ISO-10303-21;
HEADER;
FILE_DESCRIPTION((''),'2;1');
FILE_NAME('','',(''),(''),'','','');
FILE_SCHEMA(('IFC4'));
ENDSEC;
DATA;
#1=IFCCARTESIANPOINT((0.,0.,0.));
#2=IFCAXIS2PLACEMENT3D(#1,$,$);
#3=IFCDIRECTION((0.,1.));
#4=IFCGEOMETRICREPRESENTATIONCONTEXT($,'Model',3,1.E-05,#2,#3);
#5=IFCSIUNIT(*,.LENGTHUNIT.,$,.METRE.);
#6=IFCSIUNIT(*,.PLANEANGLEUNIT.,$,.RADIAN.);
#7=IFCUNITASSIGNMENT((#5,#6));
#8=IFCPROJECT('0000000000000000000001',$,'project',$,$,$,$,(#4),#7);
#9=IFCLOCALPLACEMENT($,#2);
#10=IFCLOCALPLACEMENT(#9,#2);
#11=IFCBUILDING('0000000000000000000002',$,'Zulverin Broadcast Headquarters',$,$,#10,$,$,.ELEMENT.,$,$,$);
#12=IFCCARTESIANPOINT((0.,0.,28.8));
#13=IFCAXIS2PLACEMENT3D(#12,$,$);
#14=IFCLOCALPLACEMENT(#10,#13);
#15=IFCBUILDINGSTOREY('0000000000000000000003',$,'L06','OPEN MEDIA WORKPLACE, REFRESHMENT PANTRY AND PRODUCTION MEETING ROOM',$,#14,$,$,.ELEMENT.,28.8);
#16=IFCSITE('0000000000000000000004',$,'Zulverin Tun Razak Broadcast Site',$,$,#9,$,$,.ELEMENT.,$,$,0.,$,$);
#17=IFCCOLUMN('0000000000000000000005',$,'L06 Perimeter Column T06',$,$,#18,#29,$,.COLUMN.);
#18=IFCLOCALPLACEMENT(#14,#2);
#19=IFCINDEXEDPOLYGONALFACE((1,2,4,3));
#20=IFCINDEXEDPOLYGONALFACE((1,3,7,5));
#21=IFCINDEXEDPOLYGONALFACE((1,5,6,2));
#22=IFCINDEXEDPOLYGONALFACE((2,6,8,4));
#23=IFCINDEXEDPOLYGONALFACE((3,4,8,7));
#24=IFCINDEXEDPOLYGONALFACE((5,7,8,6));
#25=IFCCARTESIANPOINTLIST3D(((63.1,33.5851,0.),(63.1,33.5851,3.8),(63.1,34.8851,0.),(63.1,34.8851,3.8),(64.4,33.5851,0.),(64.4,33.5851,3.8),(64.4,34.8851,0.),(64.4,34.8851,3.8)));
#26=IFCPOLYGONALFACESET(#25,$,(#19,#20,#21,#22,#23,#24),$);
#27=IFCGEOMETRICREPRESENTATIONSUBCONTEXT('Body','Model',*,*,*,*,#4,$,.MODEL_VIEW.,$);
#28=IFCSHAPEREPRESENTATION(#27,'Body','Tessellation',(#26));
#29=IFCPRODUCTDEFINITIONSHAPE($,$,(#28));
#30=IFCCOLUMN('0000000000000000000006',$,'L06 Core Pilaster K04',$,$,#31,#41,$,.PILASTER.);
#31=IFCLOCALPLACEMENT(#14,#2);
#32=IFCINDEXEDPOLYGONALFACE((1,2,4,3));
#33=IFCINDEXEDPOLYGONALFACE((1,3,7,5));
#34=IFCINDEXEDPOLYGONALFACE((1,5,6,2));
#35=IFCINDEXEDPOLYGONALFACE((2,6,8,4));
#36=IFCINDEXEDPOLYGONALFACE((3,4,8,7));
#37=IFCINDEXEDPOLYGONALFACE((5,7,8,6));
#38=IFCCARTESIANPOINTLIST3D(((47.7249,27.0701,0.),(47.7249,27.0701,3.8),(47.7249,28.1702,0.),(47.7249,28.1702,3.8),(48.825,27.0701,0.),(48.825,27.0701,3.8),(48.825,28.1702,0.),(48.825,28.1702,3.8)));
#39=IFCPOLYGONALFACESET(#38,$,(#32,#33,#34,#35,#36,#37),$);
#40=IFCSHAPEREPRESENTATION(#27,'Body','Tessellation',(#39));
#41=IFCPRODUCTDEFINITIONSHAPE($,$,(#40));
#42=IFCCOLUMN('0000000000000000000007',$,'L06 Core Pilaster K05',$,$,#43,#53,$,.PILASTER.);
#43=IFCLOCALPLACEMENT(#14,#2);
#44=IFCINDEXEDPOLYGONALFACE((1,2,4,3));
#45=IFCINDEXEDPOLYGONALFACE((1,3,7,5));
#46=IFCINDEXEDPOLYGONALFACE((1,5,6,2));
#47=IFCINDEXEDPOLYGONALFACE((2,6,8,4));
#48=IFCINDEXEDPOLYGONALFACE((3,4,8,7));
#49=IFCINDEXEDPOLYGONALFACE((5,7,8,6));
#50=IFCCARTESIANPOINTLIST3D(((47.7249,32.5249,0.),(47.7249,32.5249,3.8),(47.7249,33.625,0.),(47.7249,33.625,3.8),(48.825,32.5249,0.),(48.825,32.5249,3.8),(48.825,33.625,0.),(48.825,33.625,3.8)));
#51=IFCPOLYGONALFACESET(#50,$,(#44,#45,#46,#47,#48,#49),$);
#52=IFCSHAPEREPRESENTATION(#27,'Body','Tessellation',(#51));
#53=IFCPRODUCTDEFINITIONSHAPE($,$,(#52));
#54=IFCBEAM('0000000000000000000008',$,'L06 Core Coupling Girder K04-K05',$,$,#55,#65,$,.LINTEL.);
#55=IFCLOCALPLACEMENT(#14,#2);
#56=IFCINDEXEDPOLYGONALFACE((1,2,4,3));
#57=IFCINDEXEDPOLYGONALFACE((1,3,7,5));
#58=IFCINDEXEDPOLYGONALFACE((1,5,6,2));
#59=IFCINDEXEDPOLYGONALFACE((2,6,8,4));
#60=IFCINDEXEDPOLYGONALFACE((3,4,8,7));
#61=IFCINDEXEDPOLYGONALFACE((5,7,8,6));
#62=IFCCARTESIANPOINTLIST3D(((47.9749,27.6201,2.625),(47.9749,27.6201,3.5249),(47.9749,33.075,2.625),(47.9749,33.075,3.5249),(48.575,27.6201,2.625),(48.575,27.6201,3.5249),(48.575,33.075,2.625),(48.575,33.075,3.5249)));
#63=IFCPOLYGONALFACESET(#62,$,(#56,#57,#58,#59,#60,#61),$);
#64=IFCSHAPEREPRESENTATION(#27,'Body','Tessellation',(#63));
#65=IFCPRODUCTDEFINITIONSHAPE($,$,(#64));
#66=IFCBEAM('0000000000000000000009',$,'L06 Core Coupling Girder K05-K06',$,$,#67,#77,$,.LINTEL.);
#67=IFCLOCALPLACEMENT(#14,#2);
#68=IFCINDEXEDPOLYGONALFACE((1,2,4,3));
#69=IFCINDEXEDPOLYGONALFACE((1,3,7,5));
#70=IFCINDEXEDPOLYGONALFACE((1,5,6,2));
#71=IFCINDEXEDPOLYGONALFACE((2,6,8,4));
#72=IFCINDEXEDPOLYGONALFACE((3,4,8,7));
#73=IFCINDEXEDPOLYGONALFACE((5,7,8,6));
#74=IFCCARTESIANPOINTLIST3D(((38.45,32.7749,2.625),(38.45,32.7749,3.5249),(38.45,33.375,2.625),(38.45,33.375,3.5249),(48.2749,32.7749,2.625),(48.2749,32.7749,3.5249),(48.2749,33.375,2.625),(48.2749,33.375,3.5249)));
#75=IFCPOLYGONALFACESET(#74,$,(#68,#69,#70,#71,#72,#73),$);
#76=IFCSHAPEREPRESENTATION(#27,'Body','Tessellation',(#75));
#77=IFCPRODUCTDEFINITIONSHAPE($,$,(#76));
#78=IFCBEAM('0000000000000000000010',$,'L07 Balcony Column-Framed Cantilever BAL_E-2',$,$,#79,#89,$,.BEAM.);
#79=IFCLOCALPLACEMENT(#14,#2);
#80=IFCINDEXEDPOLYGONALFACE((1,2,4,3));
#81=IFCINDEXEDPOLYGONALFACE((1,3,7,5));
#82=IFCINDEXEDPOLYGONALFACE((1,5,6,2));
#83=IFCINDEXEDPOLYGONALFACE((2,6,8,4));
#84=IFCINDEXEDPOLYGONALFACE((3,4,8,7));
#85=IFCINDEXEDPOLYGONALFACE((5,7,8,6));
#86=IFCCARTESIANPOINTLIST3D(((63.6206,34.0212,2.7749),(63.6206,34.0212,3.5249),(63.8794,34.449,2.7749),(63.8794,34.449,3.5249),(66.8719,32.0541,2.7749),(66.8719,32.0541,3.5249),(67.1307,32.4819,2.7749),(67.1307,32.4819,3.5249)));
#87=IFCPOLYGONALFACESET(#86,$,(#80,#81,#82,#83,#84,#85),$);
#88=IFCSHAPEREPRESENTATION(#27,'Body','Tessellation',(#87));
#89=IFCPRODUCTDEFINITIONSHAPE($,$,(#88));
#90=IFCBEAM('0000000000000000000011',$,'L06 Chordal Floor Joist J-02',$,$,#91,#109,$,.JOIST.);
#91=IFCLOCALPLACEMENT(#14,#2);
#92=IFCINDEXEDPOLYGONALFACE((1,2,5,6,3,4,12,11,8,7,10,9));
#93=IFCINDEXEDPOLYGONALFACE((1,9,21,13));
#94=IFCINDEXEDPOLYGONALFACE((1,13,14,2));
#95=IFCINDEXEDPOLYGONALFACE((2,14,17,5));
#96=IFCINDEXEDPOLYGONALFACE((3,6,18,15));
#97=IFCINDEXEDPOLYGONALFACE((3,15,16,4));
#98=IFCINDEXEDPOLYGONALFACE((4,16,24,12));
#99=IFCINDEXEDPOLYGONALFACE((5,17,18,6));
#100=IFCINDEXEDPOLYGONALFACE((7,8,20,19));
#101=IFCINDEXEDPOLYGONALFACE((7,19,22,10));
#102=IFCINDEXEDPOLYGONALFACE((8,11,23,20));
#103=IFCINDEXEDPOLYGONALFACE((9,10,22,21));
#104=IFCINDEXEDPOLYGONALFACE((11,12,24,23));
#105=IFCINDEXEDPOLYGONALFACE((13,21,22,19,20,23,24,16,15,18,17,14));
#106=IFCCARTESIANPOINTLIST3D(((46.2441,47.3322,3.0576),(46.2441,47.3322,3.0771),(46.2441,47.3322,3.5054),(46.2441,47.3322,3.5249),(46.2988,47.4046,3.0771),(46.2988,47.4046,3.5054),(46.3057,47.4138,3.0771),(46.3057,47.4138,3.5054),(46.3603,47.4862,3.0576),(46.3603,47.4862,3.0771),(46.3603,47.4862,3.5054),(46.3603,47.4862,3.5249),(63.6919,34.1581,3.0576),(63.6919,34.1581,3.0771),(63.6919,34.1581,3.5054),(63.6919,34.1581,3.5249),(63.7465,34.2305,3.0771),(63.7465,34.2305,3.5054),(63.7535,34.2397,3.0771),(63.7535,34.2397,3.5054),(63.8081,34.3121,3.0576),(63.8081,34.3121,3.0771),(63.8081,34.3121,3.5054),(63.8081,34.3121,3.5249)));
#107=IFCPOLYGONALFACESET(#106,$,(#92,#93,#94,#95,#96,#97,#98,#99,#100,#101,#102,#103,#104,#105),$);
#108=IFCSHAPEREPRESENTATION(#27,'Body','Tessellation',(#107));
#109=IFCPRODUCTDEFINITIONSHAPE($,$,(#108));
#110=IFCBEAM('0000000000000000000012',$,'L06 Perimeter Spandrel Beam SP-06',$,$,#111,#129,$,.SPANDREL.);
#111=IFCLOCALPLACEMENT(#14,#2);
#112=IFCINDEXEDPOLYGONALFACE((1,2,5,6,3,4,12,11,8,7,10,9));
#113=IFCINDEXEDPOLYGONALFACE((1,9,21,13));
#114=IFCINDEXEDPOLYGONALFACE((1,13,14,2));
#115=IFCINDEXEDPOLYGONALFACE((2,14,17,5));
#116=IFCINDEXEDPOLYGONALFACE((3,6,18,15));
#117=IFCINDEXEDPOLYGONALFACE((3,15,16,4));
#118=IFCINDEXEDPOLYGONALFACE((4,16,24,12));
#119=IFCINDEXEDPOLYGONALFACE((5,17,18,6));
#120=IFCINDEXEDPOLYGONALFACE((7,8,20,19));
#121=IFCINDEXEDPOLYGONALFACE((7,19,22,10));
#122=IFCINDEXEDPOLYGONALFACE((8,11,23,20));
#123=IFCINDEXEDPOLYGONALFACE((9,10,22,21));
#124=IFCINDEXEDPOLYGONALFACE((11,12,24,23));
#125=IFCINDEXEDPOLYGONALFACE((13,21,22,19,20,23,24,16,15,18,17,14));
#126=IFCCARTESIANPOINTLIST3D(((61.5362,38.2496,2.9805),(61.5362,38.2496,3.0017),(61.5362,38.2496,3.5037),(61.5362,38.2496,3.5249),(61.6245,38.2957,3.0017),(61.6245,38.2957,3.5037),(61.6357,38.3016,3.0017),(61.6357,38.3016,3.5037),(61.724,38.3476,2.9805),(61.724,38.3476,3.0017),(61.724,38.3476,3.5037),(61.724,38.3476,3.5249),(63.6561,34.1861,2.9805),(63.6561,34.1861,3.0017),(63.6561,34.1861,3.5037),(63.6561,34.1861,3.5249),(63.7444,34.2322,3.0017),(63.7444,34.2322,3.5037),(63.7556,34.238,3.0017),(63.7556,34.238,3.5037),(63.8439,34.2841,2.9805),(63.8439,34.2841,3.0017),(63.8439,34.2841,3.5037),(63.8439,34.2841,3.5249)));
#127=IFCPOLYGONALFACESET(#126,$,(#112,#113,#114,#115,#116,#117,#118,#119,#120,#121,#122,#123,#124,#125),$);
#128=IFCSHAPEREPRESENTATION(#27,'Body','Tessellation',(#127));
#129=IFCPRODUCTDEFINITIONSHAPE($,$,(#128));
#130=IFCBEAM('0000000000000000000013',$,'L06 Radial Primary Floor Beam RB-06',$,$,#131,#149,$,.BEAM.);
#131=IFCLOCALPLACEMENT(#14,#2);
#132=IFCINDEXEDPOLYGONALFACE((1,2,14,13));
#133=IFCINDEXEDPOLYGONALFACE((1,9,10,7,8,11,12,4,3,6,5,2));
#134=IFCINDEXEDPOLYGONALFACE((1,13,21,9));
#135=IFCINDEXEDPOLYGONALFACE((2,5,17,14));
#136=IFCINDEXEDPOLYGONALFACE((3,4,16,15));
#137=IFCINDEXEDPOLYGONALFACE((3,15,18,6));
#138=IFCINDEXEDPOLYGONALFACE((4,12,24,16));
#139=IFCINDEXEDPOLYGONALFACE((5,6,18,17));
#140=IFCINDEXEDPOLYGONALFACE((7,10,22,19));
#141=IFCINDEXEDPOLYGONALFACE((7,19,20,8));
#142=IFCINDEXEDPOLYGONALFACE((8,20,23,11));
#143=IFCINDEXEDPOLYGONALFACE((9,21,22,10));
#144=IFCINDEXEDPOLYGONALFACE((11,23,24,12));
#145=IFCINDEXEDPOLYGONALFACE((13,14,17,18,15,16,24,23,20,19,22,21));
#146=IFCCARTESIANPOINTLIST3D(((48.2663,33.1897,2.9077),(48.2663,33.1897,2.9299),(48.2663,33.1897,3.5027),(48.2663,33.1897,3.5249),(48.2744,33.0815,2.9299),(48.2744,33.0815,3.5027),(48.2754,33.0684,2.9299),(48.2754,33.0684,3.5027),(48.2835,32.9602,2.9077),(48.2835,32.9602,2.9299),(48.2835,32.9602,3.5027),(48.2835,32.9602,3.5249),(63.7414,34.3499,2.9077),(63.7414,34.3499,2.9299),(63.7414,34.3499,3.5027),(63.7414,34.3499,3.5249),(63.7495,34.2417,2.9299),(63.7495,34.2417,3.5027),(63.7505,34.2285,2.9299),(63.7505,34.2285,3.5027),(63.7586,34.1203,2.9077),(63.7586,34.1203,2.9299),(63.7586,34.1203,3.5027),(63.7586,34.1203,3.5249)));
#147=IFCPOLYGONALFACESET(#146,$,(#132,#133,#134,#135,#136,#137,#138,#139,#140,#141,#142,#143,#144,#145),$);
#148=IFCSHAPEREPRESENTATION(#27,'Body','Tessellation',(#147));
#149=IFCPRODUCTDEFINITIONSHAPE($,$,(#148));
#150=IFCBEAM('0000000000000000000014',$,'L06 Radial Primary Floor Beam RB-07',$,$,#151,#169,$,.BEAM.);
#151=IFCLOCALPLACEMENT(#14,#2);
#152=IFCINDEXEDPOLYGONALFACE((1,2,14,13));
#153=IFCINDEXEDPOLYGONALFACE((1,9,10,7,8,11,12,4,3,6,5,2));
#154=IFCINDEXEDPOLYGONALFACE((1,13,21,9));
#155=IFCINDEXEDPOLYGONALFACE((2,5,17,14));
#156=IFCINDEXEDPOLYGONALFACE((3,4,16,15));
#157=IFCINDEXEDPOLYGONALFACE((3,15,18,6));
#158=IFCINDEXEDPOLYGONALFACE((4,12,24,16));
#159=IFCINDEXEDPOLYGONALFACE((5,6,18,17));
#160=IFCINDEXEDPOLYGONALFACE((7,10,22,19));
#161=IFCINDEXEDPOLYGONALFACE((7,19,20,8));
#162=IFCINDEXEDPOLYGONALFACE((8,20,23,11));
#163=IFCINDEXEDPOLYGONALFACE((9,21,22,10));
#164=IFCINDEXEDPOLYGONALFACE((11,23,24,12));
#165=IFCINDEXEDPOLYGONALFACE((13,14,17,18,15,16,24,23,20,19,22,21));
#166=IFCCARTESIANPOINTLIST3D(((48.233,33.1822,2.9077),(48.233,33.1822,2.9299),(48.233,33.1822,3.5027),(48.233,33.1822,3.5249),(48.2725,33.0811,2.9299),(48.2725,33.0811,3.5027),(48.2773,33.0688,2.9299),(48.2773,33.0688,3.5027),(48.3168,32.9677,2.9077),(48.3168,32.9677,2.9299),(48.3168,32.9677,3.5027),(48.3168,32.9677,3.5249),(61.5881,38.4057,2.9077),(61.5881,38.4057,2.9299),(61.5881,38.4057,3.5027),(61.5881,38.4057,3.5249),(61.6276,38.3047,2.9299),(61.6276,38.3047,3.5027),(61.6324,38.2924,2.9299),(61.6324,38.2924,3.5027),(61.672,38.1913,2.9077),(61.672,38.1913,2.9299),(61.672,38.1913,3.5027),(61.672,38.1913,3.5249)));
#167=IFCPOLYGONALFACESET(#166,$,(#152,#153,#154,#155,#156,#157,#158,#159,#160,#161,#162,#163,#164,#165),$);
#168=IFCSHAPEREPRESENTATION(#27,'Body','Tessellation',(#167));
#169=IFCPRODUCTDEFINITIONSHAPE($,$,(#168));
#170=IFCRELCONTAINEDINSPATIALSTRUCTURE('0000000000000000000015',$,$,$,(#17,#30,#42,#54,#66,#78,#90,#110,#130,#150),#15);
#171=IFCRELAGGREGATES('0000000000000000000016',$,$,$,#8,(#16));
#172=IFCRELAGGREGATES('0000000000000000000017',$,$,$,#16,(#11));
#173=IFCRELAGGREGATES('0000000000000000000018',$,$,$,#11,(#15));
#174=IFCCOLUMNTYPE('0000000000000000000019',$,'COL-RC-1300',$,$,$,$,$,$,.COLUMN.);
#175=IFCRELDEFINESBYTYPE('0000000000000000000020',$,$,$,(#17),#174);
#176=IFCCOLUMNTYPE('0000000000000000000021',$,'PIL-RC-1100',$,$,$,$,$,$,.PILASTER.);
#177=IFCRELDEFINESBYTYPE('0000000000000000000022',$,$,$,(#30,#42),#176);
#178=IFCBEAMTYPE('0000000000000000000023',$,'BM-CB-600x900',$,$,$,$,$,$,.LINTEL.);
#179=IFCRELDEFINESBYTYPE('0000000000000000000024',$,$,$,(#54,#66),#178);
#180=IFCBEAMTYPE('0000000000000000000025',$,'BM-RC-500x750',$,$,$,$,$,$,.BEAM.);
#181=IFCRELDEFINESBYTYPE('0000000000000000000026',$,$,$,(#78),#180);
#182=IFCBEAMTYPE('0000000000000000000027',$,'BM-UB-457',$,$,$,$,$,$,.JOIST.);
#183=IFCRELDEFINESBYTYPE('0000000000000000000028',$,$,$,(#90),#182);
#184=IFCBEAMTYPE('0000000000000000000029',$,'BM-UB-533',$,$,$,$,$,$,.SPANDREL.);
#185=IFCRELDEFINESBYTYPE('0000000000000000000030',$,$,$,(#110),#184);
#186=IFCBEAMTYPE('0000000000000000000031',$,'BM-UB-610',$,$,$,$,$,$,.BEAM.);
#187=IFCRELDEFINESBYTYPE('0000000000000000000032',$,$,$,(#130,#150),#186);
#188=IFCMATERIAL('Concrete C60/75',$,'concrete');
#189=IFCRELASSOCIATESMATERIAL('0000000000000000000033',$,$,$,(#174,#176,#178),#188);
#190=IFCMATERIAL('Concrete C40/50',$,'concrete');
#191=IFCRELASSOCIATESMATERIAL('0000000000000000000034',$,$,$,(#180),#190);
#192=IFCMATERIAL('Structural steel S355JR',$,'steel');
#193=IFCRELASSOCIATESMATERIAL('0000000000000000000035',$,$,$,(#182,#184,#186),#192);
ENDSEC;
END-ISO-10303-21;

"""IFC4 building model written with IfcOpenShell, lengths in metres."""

from ifc_helpers import new_model, si_unit, direction, frame, origin, origin_2d, place, context, subcontext, project, spatial, rectangle, i_section, extrude, material, material_profile, profile_set, type_object, element, save


model = new_model("IFC4")

# Units and contexts
model_context = context("Model", 3, precision=1e-05, world=origin(), true_north=direction((0.0, 1.0)))
body_context = subcontext(model_context, "Body", "Model", "MODEL_VIEW")
ifc_project = project(units=[si_unit("LENGTHUNIT", "METRE"), si_unit("PLANEANGLEUNIT", "RADIAN")], contexts=[model_context])

# Site, building, storey
site_placement = place(None, origin())
site = spatial("IfcSite", under=ifc_project, at=site_placement, Name="Zulverin Tun Razak Broadcast Site", CompositionType="ELEMENT", RefElevation=0.0)
building_placement = place(site_placement, origin())
building = spatial("IfcBuilding", under=site, at=building_placement, Name="Zulverin Broadcast Headquarters", CompositionType="ELEMENT")
storey_placement = place(building_placement, frame((0.0, 0.0, 28.8)))
storey = spatial("IfcBuildingStorey", under=building, at=storey_placement, Name="L06", Description="OPEN MEDIA WORKPLACE, REFRESHMENT PANTRY AND PRODUCTION MEETING ROOM", CompositionType="ELEMENT", Elevation=28.8)

# Columns
ifc_material_1 = material(Name="Concrete C60/75", Category="concrete")
ifc_material_profile_1 = material_profile(ifc_material_1, rectangle(XDim=1.3, YDim=1.3, at=origin_2d()), Name="Concrete C60/75", Category="concrete")
ifc_profile_set_1 = profile_set([ifc_material_profile_1], Name="Concrete C60/75")
column_type_1 = type_object("IfcColumnType", Name="COL-RC-1300", PredefinedType="COLUMN", material=ifc_profile_set_1)
column_placement = place(storey_placement, frame((63.75, 34.2351, 0.0), z_axis=(0.0, 0.0, 1.0), x_axis=(1.0, 0.0, 0.0)))
element("IfcColumn", 1, at=column_placement, inside=storey, type_object=column_type_1, Name="L06 Perimeter Column T06", PredefinedType="COLUMN", context=body_context, shape_type="SweptSolid", body=[
    extrude(rectangle(XDim=1.3, YDim=1.3, at=origin_2d()), origin(), (0.0, 0.0, 1.0), 3.8),
])
ifc_material_profile_2 = material_profile(ifc_material_1, rectangle(XDim=1.1001, YDim=1.1001, at=origin_2d()), Name="Concrete C60/75", Category="concrete")
ifc_profile_set_2 = profile_set([ifc_material_profile_2], Name="Concrete C60/75")
column_type_2 = type_object("IfcColumnType", Name="PIL-RC-1100", PredefinedType="PILASTER", material=ifc_profile_set_2)
for number, where, z_axis, x_axis, name in (
    (2, (48.2749, 27.6201, 0.0), (0.0, 0.0, 1.0), (1.0, 0.0, 0.0), "L06 Core Pilaster K04"),
    (3, (48.2749, 33.075, 0.0), (0.0, 0.0, 1.0), (1.0, 0.0, 0.0), "L06 Core Pilaster K05"),
):
    element("IfcColumn", number, at=place(storey_placement, frame(where, z_axis=z_axis, x_axis=x_axis)), inside=storey, type_object=column_type_2, Name=name, PredefinedType="PILASTER", context=body_context, shape_type="SweptSolid", body=[
        extrude(rectangle(XDim=1.1001, YDim=1.1001, at=origin_2d()), origin(), (0.0, 0.0, 1.0), 3.8),
    ])

# Beams
ifc_material_profile_3 = material_profile(ifc_material_1, rectangle(XDim=0.6001, YDim=0.8999, at=origin_2d()), Name="Concrete C60/75", Category="concrete")
ifc_profile_set_3 = profile_set([ifc_material_profile_3], Name="Concrete C60/75")
beam_type_1 = type_object("IfcBeamType", Name="BM-CB-600x900", PredefinedType="LINTEL", material=ifc_profile_set_3)
beam_1_placement = place(storey_placement, frame((48.2749, 27.6201, 3.075), z_axis=(0.0, 1.0, 0.0), x_axis=(-1.0, 0.0, 0.0)))
element("IfcBeam", 4, at=beam_1_placement, inside=storey, type_object=beam_type_1, Name="L06 Core Coupling Girder K04-K05", PredefinedType="LINTEL", context=body_context, shape_type="SweptSolid", body=[
    extrude(rectangle(XDim=0.6001, YDim=0.8999, at=origin_2d()), origin(), (0.0, 0.0, 1.0), 5.4548),
])
beam_2_placement = place(storey_placement, frame((48.2749, 33.075, 3.075), z_axis=(-1.0, 0.0, 0.0), x_axis=(0.0, -1.0, 0.0)))
element("IfcBeam", 5, at=beam_2_placement, inside=storey, type_object=beam_type_1, Name="L06 Core Coupling Girder K05-K06", PredefinedType="LINTEL", context=body_context, shape_type="SweptSolid", body=[
    extrude(rectangle(XDim=0.6001, YDim=0.8999, at=origin_2d()), origin(), (0.0, 0.0, 1.0), 9.825),
])
ifc_material_2 = material(Name="Concrete C40/50", Category="concrete")
ifc_material_profile_4 = material_profile(ifc_material_2, rectangle(XDim=0.5, YDim=0.75, at=origin_2d()), Name="Concrete C40/50", Category="concrete")
ifc_profile_set_4 = profile_set([ifc_material_profile_4], Name="Concrete C40/50")
beam_type_2 = type_object("IfcBeamType", Name="BM-RC-500x750", PredefinedType="BEAM", material=ifc_profile_set_4)
beam_3_placement = place(storey_placement, frame((63.75, 34.2351, 3.1499), z_axis=(0.855594, -0.517648, 0.0), x_axis=(0.517648, 0.855594, 0.0)))
element("IfcBeam", 6, at=beam_3_placement, inside=storey, type_object=beam_type_2, Name="L07 Balcony Column-Framed Cantilever BAL_E-2", PredefinedType="BEAM", context=body_context, shape_type="SweptSolid", body=[
    extrude(rectangle(XDim=0.5, YDim=0.75, at=origin_2d()), origin(), (0.0, 0.0, 1.0), 3.8),
])
ifc_material_3 = material(Name="Structural steel S355JR", Category="steel")
ifc_material_profile_5 = material_profile(ifc_material_3, i_section(OverallWidth=0.1929, OverallDepth=0.4673, WebThickness=0.0115, FlangeThickness=0.0195, at=origin_2d()), Name="Structural steel S355JR", Category="steel")
ifc_profile_set_5 = profile_set([ifc_material_profile_5], Name="Structural steel S355JR")
beam_type_3 = type_object("IfcBeamType", Name="BM-UB-457", PredefinedType="JOIST", material=ifc_profile_set_5)
beam_4_placement = place(storey_placement, frame((63.75, 34.2351, 3.2913), z_axis=(-0.798058, 0.60258, 0.0), x_axis=(-0.60258, -0.798058, 0.0)))
element("IfcBeam", 7, at=beam_4_placement, inside=storey, type_object=beam_type_3, Name="L06 Chordal Floor Joist J-02", PredefinedType="JOIST", context=body_context, shape_type="SweptSolid", body=[
    extrude(i_section(OverallWidth=0.1929, OverallDepth=0.4673, WebThickness=0.0115, FlangeThickness=0.0195, at=origin_2d()), origin(), (0.0, 0.0, 1.0), 21.8628),
])
ifc_material_profile_6 = material_profile(ifc_material_3, i_section(OverallWidth=0.2119, OverallDepth=0.5444, WebThickness=0.0127, FlangeThickness=0.0212, at=origin_2d()), Name="Structural steel S355JR", Category="steel")
ifc_profile_set_6 = profile_set([ifc_material_profile_6], Name="Structural steel S355JR")
beam_type_4 = type_object("IfcBeamType", Name="BM-UB-533", PredefinedType="SPANDREL", material=ifc_profile_set_6)
beam_5_placement = place(storey_placement, frame((63.75, 34.2351, 3.2527), z_axis=(-0.462531, 0.886603, 0.0), x_axis=(-0.886603, -0.462531, 0.0)))
element("IfcBeam", 8, at=beam_5_placement, inside=storey, type_object=beam_type_4, Name="L06 Perimeter Spandrel Beam SP-06", PredefinedType="SPANDREL", context=body_context, shape_type="SweptSolid", body=[
    extrude(i_section(OverallWidth=0.2119, OverallDepth=0.5444, WebThickness=0.0127, FlangeThickness=0.0212, at=origin_2d()), origin(), (0.0, 0.0, 1.0), 4.5833),
])
ifc_material_profile_7 = material_profile(ifc_material_3, i_section(OverallWidth=0.2302, OverallDepth=0.6172, WebThickness=0.0132, FlangeThickness=0.0222, at=origin_2d()), Name="Structural steel S355JR", Category="steel")
ifc_profile_set_7 = profile_set([ifc_material_profile_7], Name="Structural steel S355JR")
beam_type_5 = type_object("IfcBeamType", Name="BM-UB-610", PredefinedType="BEAM", material=ifc_profile_set_7)
beam_6_placement = place(storey_placement, frame((48.2749, 33.075, 3.2163), z_axis=(0.997202, 0.074759, 0.0), x_axis=(-0.074759, 0.997202, 0.0)))
element("IfcBeam", 9, at=beam_6_placement, inside=storey, type_object=beam_type_5, Name="L06 Radial Primary Floor Beam RB-06", PredefinedType="BEAM", context=body_context, shape_type="SweptSolid", body=[
    extrude(i_section(OverallWidth=0.2302, OverallDepth=0.6172, WebThickness=0.0132, FlangeThickness=0.0222, at=origin_2d()), origin(), (0.0, 0.0, 1.0), 15.5186),
])
beam_7_placement = place(storey_placement, frame((48.2749, 33.075, 3.2163), z_axis=(0.931298, 0.364259, 0.0), x_axis=(-0.364259, 0.931298, 0.0)))
element("IfcBeam", 10, at=beam_7_placement, inside=storey, type_object=beam_type_5, Name="L06 Radial Primary Floor Beam RB-07", PredefinedType="BEAM", context=body_context, shape_type="SweptSolid", body=[
    extrude(i_section(OverallWidth=0.2302, OverallDepth=0.6172, WebThickness=0.0132, FlangeThickness=0.0222, at=origin_2d()), origin(), (0.0, 0.0, 1.0), 14.3403),
])

save(model, "model.ifc")
